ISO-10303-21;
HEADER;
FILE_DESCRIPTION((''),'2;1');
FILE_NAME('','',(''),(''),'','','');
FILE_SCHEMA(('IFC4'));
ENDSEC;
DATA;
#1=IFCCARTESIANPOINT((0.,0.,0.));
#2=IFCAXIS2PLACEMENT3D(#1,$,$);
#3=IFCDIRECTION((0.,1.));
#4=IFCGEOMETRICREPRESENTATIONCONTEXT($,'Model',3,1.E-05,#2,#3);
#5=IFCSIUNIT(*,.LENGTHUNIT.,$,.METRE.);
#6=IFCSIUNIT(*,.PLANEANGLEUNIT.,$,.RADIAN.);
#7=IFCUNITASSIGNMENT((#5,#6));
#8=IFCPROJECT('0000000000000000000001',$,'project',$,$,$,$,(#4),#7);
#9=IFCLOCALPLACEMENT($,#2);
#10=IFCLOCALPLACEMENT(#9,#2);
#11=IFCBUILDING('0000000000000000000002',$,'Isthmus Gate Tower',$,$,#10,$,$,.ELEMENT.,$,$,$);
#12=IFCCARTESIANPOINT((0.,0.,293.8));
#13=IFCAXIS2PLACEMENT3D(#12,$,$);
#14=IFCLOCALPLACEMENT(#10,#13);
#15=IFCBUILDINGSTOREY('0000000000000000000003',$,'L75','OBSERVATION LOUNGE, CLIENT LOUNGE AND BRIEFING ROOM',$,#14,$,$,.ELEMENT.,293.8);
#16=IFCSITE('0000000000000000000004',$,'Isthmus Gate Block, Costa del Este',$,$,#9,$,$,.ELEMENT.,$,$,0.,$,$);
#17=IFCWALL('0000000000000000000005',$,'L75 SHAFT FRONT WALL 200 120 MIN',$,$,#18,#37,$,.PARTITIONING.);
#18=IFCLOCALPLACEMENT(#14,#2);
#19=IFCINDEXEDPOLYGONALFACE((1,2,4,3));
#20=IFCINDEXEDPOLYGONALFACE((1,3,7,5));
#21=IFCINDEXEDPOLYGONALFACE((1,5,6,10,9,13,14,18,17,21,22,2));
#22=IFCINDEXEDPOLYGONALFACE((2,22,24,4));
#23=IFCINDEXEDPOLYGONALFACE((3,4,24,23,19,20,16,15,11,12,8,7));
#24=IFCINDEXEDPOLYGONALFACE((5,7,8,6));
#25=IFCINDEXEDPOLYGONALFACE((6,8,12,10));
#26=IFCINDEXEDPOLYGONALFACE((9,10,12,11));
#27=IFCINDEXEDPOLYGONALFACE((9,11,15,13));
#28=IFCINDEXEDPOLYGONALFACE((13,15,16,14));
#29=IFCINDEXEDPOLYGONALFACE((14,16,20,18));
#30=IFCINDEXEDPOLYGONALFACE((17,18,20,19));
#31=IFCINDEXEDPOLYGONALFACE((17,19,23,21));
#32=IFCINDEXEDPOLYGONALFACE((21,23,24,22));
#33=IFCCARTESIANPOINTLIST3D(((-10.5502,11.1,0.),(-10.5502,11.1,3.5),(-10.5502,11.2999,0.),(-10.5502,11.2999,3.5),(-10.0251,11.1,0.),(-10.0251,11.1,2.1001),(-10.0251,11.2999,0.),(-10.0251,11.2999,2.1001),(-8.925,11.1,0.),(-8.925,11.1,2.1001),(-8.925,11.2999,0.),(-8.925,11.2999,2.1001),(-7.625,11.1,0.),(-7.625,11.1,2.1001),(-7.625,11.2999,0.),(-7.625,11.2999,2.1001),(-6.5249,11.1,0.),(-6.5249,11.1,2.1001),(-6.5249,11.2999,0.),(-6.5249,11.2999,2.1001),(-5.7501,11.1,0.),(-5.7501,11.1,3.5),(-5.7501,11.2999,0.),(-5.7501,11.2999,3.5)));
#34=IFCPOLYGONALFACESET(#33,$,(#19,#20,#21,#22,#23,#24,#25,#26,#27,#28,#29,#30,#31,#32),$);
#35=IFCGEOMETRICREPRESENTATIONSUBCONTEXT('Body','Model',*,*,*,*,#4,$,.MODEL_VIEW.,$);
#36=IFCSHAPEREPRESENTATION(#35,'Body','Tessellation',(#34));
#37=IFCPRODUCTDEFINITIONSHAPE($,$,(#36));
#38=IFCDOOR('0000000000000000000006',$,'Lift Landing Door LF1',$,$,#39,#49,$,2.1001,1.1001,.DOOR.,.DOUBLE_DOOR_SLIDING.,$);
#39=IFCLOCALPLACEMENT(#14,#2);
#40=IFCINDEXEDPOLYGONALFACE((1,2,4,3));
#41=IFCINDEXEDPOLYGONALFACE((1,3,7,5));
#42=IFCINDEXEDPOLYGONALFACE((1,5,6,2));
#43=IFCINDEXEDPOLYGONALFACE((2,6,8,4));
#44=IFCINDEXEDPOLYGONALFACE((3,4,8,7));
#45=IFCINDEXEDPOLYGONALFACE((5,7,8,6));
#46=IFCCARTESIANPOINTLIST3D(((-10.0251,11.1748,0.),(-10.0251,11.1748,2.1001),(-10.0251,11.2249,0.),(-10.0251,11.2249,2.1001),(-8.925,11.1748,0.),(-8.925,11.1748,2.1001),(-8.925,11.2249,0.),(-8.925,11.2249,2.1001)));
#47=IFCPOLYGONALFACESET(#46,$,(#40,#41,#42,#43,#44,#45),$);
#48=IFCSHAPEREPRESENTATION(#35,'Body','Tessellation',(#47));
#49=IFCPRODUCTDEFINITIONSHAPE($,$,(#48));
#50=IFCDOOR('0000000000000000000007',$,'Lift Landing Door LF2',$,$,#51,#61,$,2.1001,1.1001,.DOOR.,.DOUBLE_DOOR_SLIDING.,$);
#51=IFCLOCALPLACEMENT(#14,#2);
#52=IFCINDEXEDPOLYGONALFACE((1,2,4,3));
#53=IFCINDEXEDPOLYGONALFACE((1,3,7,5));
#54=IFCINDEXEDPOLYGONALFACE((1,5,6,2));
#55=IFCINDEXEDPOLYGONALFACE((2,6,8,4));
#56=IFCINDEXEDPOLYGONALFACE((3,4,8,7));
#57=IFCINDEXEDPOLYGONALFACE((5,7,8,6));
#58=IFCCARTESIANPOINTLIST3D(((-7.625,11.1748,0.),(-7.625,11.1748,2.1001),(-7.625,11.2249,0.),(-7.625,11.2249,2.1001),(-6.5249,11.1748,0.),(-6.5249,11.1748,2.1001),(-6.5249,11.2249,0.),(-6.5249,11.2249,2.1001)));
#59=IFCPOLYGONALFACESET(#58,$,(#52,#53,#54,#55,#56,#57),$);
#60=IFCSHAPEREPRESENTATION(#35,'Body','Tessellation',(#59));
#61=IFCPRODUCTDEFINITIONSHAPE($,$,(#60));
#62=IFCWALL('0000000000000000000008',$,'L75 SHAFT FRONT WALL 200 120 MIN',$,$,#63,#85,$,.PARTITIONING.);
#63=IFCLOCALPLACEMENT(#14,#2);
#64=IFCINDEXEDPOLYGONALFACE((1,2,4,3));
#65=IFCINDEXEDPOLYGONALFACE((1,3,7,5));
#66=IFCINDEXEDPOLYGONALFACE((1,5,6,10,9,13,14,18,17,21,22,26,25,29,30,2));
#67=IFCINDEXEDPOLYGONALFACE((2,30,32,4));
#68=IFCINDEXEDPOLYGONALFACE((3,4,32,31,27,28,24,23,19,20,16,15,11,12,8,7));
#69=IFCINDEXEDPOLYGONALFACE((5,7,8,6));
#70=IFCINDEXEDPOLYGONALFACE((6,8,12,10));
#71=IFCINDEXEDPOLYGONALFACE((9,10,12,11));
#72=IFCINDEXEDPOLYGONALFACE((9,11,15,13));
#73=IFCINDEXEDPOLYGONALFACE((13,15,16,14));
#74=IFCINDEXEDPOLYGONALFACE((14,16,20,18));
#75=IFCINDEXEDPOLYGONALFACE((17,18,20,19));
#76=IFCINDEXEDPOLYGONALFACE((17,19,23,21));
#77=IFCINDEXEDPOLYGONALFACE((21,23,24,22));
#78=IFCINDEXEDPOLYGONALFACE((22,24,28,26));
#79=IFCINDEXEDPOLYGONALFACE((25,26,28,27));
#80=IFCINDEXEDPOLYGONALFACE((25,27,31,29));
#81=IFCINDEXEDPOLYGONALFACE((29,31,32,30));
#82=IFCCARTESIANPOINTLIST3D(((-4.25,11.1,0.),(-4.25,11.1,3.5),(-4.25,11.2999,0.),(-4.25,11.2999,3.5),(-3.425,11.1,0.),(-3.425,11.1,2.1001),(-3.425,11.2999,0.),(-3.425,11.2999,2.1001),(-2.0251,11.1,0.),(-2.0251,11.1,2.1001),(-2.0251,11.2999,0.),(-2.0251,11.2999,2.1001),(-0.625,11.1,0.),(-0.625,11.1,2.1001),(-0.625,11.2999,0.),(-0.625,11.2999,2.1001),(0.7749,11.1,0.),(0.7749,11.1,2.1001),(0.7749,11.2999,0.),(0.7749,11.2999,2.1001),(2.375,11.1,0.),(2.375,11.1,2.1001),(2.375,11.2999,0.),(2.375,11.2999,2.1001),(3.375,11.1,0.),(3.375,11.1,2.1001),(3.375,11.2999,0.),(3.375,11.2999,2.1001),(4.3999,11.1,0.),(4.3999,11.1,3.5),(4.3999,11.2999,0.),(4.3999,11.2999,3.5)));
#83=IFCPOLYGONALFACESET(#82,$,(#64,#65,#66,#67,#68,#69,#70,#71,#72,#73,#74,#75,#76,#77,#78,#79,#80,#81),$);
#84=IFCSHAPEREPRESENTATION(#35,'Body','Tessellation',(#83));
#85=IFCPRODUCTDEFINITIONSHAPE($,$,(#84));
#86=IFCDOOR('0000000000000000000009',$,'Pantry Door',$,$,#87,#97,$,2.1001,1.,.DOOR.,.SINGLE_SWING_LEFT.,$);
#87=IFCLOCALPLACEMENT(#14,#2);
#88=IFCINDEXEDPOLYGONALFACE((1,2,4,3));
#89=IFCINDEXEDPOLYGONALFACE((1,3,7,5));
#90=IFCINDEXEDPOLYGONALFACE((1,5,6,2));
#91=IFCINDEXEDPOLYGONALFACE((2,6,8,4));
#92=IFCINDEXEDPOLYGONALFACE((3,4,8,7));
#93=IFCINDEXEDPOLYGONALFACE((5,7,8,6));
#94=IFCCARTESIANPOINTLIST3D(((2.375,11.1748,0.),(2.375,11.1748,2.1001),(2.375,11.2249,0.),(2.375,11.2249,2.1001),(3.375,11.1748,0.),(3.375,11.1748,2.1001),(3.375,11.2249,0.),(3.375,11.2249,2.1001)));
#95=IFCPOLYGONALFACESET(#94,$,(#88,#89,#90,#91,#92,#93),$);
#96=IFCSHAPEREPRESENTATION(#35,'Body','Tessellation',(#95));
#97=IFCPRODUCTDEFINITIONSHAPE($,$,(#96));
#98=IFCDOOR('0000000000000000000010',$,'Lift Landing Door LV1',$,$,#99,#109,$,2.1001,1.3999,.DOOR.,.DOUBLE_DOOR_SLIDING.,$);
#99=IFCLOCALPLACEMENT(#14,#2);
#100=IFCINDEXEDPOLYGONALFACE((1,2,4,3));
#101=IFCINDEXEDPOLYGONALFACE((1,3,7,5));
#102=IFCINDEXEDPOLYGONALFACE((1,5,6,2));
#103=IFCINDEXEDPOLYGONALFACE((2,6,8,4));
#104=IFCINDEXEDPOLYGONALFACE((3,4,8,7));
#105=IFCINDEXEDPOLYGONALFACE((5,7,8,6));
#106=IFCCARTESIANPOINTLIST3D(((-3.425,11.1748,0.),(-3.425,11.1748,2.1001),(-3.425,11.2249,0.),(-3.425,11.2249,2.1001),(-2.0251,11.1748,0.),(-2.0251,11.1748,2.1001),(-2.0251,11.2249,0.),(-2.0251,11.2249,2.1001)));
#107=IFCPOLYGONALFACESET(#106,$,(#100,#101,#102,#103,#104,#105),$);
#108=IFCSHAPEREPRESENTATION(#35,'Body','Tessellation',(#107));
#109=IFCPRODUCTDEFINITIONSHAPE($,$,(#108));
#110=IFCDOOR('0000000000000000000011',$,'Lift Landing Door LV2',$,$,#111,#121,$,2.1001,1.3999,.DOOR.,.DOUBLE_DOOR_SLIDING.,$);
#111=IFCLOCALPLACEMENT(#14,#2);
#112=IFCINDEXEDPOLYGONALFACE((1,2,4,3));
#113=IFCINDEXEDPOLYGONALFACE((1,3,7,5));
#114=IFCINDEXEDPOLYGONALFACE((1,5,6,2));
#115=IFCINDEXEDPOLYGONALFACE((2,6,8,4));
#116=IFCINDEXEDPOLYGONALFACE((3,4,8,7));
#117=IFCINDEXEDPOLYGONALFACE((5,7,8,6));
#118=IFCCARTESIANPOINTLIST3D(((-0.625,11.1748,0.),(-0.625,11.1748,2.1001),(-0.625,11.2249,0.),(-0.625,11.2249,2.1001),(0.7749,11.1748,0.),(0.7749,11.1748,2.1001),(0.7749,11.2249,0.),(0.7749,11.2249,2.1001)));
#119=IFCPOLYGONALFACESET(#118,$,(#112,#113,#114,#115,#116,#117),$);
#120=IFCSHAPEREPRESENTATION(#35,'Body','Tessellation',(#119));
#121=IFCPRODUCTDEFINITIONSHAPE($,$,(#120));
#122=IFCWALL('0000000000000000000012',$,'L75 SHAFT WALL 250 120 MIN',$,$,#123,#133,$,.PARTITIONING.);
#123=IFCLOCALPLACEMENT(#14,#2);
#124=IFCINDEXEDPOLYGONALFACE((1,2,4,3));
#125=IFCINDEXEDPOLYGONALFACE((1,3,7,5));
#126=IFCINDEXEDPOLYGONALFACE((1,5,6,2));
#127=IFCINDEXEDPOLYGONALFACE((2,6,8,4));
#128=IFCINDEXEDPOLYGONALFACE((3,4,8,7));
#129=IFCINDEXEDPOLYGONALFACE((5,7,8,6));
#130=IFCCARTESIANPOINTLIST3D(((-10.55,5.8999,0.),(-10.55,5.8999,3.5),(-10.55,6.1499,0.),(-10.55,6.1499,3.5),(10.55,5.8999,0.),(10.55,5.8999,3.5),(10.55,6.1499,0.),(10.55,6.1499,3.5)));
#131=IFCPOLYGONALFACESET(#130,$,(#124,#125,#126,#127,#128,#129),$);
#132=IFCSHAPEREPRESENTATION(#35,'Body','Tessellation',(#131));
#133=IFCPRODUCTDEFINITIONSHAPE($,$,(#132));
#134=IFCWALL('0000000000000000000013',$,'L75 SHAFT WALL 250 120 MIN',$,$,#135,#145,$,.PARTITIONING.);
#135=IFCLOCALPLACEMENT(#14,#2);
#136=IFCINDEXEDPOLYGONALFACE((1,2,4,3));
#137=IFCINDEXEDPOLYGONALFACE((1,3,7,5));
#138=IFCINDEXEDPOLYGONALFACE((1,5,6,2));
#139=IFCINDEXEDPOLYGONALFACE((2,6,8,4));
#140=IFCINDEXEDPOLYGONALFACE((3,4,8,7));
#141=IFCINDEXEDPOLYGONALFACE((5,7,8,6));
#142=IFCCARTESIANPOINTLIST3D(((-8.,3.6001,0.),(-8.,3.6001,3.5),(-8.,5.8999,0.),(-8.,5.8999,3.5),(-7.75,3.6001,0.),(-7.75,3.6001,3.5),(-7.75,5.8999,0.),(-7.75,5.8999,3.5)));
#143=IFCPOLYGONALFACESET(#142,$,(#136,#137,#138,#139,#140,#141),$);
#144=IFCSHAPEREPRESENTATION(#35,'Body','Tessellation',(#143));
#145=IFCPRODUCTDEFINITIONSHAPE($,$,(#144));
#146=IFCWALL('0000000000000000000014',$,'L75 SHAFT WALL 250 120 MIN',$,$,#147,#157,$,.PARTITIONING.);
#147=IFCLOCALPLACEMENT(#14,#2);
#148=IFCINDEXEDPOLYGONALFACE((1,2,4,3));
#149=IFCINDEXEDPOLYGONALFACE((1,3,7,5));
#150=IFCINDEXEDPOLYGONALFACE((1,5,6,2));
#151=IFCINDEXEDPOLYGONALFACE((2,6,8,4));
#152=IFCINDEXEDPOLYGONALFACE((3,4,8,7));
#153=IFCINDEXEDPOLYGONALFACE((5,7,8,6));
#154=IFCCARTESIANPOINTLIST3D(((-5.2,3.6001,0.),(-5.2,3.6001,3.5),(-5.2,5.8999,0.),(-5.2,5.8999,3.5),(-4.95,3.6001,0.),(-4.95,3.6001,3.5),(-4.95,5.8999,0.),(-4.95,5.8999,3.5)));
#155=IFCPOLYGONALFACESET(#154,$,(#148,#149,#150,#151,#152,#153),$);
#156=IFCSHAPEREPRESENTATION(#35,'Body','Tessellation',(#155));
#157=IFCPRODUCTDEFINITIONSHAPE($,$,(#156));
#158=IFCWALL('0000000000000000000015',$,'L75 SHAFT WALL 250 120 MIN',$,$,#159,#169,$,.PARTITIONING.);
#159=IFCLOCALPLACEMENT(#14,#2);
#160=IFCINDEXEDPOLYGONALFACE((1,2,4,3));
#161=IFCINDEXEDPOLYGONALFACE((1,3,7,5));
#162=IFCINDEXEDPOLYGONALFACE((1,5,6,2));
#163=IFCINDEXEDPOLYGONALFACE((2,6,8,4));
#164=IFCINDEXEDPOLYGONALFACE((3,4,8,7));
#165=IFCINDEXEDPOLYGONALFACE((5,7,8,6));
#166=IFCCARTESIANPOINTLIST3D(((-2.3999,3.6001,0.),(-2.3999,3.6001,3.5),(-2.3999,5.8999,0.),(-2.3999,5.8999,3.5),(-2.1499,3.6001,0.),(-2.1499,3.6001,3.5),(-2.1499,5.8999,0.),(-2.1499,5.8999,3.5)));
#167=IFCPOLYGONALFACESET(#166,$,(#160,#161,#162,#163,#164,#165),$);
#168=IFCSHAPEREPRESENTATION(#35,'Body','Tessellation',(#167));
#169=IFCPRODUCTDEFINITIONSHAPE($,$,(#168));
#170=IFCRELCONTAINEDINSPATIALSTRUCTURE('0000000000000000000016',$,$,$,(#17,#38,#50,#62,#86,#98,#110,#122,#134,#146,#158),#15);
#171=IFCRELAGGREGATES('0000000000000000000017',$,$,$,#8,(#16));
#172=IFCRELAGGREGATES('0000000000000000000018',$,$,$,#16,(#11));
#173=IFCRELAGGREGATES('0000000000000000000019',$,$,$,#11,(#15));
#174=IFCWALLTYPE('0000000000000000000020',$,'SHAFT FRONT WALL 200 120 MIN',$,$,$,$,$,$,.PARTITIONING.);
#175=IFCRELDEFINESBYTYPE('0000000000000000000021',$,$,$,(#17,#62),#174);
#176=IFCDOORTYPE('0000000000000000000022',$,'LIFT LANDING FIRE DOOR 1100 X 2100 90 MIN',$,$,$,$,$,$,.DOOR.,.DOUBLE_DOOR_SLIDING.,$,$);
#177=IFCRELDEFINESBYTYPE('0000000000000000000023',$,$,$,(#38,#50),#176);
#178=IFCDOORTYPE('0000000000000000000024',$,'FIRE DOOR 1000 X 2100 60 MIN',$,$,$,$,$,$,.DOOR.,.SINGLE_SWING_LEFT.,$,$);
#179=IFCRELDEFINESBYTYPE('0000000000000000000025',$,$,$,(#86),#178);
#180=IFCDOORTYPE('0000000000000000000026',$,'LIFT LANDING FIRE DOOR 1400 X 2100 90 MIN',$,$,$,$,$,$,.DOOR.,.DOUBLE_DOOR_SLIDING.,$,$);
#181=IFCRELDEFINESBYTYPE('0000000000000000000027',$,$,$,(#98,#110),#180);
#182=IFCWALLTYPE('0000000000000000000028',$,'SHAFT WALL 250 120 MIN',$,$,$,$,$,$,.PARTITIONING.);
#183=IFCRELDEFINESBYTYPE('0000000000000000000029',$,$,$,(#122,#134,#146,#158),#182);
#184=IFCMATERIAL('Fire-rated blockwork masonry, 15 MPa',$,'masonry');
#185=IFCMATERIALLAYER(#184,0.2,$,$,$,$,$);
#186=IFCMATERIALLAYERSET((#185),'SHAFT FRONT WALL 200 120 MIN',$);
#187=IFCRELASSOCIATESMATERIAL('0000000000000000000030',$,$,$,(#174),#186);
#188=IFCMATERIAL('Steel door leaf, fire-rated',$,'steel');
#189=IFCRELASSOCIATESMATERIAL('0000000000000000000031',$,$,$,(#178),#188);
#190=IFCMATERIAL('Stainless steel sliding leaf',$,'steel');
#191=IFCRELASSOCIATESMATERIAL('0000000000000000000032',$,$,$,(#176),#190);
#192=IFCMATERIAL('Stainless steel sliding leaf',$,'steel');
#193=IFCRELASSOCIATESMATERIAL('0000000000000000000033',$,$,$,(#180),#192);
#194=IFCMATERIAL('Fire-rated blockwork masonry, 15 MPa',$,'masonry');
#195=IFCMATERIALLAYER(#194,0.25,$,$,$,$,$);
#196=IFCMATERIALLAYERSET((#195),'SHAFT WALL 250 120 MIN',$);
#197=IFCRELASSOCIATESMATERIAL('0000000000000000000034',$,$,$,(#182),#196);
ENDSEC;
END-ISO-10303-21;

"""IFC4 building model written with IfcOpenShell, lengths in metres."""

from ifc_helpers import new_model, si_unit, direction, frame, frame_2d, origin, place, context, subcontext, project, spatial, rectangle, extrude, material, layer, layer_set, type_object, element, fill, save


model = new_model("IFC4")

# Units and contexts
model_context = context("Model", 3, precision=1e-05, world=origin(), true_north=direction((0.0, 1.0)))
body_context = subcontext(model_context, "Body", "Model", "MODEL_VIEW")
ifc_project = project(units=[si_unit("LENGTHUNIT", "METRE"), si_unit("PLANEANGLEUNIT", "RADIAN")], contexts=[model_context])

# Site, building, storey
site_placement = place(None, origin())
site = spatial("IfcSite", under=ifc_project, at=site_placement, Name="Isthmus Gate Block, Costa del Este", CompositionType="ELEMENT", RefElevation=0.0)
building_placement = place(site_placement, origin())
building = spatial("IfcBuilding", under=site, at=building_placement, Name="Isthmus Gate Tower", CompositionType="ELEMENT")
storey_placement = place(building_placement, frame((0.0, 0.0, 293.8)))
storey = spatial("IfcBuildingStorey", under=building, at=storey_placement, Name="L75", Description="OBSERVATION LOUNGE, CLIENT LOUNGE AND BRIEFING ROOM", CompositionType="ELEMENT", Elevation=293.8)

# Walls, openings, doors
ifc_material_1 = material(Name="Fire-rated blockwork masonry, 15 MPa", Category="masonry")
ifc_layer_1 = layer(ifc_material_1, 0.2)
ifc_layer_set_1 = layer_set([ifc_layer_1], Name="SHAFT FRONT WALL 200 120 MIN")
wall_type_1 = type_object("IfcWallType", Name="SHAFT FRONT WALL 200 120 MIN", PredefinedType="PARTITIONING", material=ifc_layer_set_1)
ifc_material_2 = material(Name="Steel door leaf, fire-rated", Category="steel")
door_type_1 = type_object("IfcDoorType", Name="FIRE DOOR 1000 X 2100 60 MIN", OperationType="SINGLE_SWING_LEFT", PredefinedType="DOOR", material=ifc_material_2)
wall_1_placement = place(storey_placement, frame((-10.55, 11.2, 0.0), z_axis=(0.0, 0.0, 1.0), x_axis=(1.0, 0.0, 0.0)))
wall_1 = element("IfcWall", 1, at=wall_1_placement, inside=storey, type_object=wall_type_1, Name="L75 SHAFT FRONT WALL 200 120 MIN", PredefinedType="PARTITIONING", context=body_context, shape_type="SweptSolid", body=[
    extrude(rectangle(XDim=4.8, YDim=0.2, at=frame_2d((2.3999, 0.0))), origin(), (0.0, 0.0, 1.0), 3.5),
])
opening_1_placement = place(wall_1_placement, frame((0.5249, 0.0, 0.0)))
opening_1 = element("IfcOpeningElement", 2, at=opening_1_placement, cuts=wall_1, PredefinedType="OPENING", context=body_context, shape_type="SweptSolid", body=[
    extrude(rectangle(XDim=1.1001, YDim=2.1001, at=frame_2d((0.55, 1.05))), frame((0.0, 0.1099, 0.0), z_axis=(0.0, -1.0, 0.0), x_axis=(1.0, 0.0, 0.0)), (0.0, 0.0, 1.0), 0.22),
])
opening_2_placement = place(wall_1_placement, frame((2.925, 0.0, 0.0)))
opening_2 = element("IfcOpeningElement", 3, at=opening_2_placement, cuts=wall_1, PredefinedType="OPENING", context=body_context, shape_type="SweptSolid", body=[
    extrude(rectangle(XDim=1.1001, YDim=2.1001, at=frame_2d((0.55, 1.05))), frame((0.0, 0.1099, 0.0), z_axis=(0.0, -1.0, 0.0), x_axis=(1.0, 0.0, 0.0)), (0.0, 0.0, 1.0), 0.22),
])
ifc_material_3 = material(Name="Stainless steel sliding leaf", Category="steel")
door_type_2 = type_object("IfcDoorType", Name="LIFT LANDING FIRE DOOR 1100 X 2100 90 MIN", OperationType="DOUBLE_DOOR_SLIDING", PredefinedType="DOOR", material=ifc_material_3)
door_1_placement = place(opening_1_placement, origin())
door_1 = element("IfcDoor", 4, at=door_1_placement, inside=storey, type_object=door_type_2, Name="Lift Landing Door LF1", OperationType="DOUBLE_DOOR_SLIDING", OverallHeight=2.1001, OverallWidth=1.1001, PredefinedType="DOOR", context=body_context, shape_type="SweptSolid", body=[
    extrude(rectangle(XDim=1.1001, YDim=2.1001, at=frame_2d((0.55, 1.05))), frame((0.0, 0.0249, 0.0), z_axis=(0.0, -1.0, 0.0), x_axis=(1.0, 0.0, 0.0)), (0.0, 0.0, 1.0), 0.05),
])
fill(opening_1, door_1)
door_2_placement = place(opening_2_placement, origin())
door_2 = element("IfcDoor", 5, at=door_2_placement, inside=storey, type_object=door_type_2, Name="Lift Landing Door LF2", OperationType="DOUBLE_DOOR_SLIDING", OverallHeight=2.1001, OverallWidth=1.1001, PredefinedType="DOOR", context=body_context, shape_type="SweptSolid", body=[
    extrude(rectangle(XDim=1.1001, YDim=2.1001, at=frame_2d((0.55, 1.05))), frame((0.0, 0.0249, 0.0), z_axis=(0.0, -1.0, 0.0), x_axis=(1.0, 0.0, 0.0)), (0.0, 0.0, 1.0), 0.05),
])
fill(opening_2, door_2)
wall_2_placement = place(storey_placement, frame((-4.25, 11.2, 0.0), z_axis=(0.0, 0.0, 1.0), x_axis=(1.0, 0.0, 0.0)))
wall_2 = element("IfcWall", 6, at=wall_2_placement, inside=storey, type_object=wall_type_1, Name="L75 SHAFT FRONT WALL 200 120 MIN", PredefinedType="PARTITIONING", context=body_context, shape_type="SweptSolid", body=[
    extrude(rectangle(XDim=8.6499, YDim=0.2, at=frame_2d((4.325, 0.0))), origin(), (0.0, 0.0, 1.0), 3.5),
])
opening_3_placement = place(wall_2_placement, frame((0.825, 0.0, 0.0)))
opening_3 = element("IfcOpeningElement", 7, at=opening_3_placement, cuts=wall_2, PredefinedType="OPENING", context=body_context, shape_type="SweptSolid", body=[
    extrude(rectangle(XDim=1.3999, YDim=2.1001, at=frame_2d((0.7, 1.05))), frame((0.0, 0.1099, 0.0), z_axis=(0.0, -1.0, 0.0), x_axis=(1.0, 0.0, 0.0)), (0.0, 0.0, 1.0), 0.22),
])
opening_4_placement = place(wall_2_placement, frame((3.625, 0.0, 0.0)))
opening_4 = element("IfcOpeningElement", 8, at=opening_4_placement, cuts=wall_2, PredefinedType="OPENING", context=body_context, shape_type="SweptSolid", body=[
    extrude(rectangle(XDim=1.3999, YDim=2.1001, at=frame_2d((0.7, 1.05))), frame((0.0, 0.1099, 0.0), z_axis=(0.0, -1.0, 0.0), x_axis=(1.0, 0.0, 0.0)), (0.0, 0.0, 1.0), 0.22),
])
opening_5_placement = place(wall_2_placement, frame((6.625, 0.0, 0.0)))
opening_5 = element("IfcOpeningElement", 9, at=opening_5_placement, cuts=wall_2, PredefinedType="OPENING", context=body_context, shape_type="SweptSolid", body=[
    extrude(rectangle(XDim=1.0, YDim=2.1001, at=frame_2d((0.5, 1.05))), frame((0.0, 0.1099, 0.0), z_axis=(0.0, -1.0, 0.0), x_axis=(1.0, 0.0, 0.0)), (0.0, 0.0, 1.0), 0.22),
])
door_3_placement = place(opening_5_placement, origin())
door_3 = element("IfcDoor", 10, at=door_3_placement, inside=storey, type_object=door_type_1, Name="Pantry Door", OperationType="SINGLE_SWING_LEFT", OverallHeight=2.1001, OverallWidth=1.0, PredefinedType="DOOR", context=body_context, shape_type="SweptSolid", body=[
    extrude(rectangle(XDim=1.0, YDim=2.1001, at=frame_2d((0.5, 1.05))), frame((0.0, 0.0249, 0.0), z_axis=(0.0, -1.0, 0.0), x_axis=(1.0, 0.0, 0.0)), (0.0, 0.0, 1.0), 0.05),
])
fill(opening_5, door_3)
ifc_material_4 = material(Name="Stainless steel sliding leaf", Category="steel")
door_type_3 = type_object("IfcDoorType", Name="LIFT LANDING FIRE DOOR 1400 X 2100 90 MIN", OperationType="DOUBLE_DOOR_SLIDING", PredefinedType="DOOR", material=ifc_material_4)
door_4_placement = place(opening_3_placement, origin())
door_4 = element("IfcDoor", 11, at=door_4_placement, inside=storey, type_object=door_type_3, Name="Lift Landing Door LV1", OperationType="DOUBLE_DOOR_SLIDING", OverallHeight=2.1001, OverallWidth=1.3999, PredefinedType="DOOR", context=body_context, shape_type="SweptSolid", body=[
    extrude(rectangle(XDim=1.3999, YDim=2.1001, at=frame_2d((0.7, 1.05))), frame((0.0, 0.0249, 0.0), z_axis=(0.0, -1.0, 0.0), x_axis=(1.0, 0.0, 0.0)), (0.0, 0.0, 1.0), 0.05),
])
fill(opening_3, door_4)
door_5_placement = place(opening_4_placement, origin())
door_5 = element("IfcDoor", 12, at=door_5_placement, inside=storey, type_object=door_type_3, Name="Lift Landing Door LV2", OperationType="DOUBLE_DOOR_SLIDING", OverallHeight=2.1001, OverallWidth=1.3999, PredefinedType="DOOR", context=body_context, shape_type="SweptSolid", body=[
    extrude(rectangle(XDim=1.3999, YDim=2.1001, at=frame_2d((0.7, 1.05))), frame((0.0, 0.0249, 0.0), z_axis=(0.0, -1.0, 0.0), x_axis=(1.0, 0.0, 0.0)), (0.0, 0.0, 1.0), 0.05),
])
fill(opening_4, door_5)

# Walls
ifc_material_5 = material(Name="Fire-rated blockwork masonry, 15 MPa", Category="masonry")
ifc_layer_2 = layer(ifc_material_5, 0.25)
ifc_layer_set_2 = layer_set([ifc_layer_2], Name="SHAFT WALL 250 120 MIN")
wall_type_2 = type_object("IfcWallType", Name="SHAFT WALL 250 120 MIN", PredefinedType="PARTITIONING", material=ifc_layer_set_2)
wall_3_placement = place(storey_placement, frame((-10.55, 6.0249, 0.0), z_axis=(0.0, 0.0, 1.0), x_axis=(1.0, 0.0, 0.0)))
element("IfcWall", 13, at=wall_3_placement, inside=storey, type_object=wall_type_2, Name="L75 SHAFT WALL 250 120 MIN", PredefinedType="PARTITIONING", context=body_context, shape_type="SweptSolid", body=[
    extrude(rectangle(XDim=21.1001, YDim=0.25, at=frame_2d((10.55, 0.0))), origin(), (0.0, 0.0, 1.0), 3.5),
])
for number, where, z_axis, x_axis, name in (
    (14, (-7.875, 3.6001, 0.0), (0.0, 0.0, 1.0), (0.0, 1.0, 0.0), "L75 SHAFT WALL 250 120 MIN"),
    (15, (-5.075, 3.6001, 0.0), (0.0, 0.0, 1.0), (0.0, 1.0, 0.0), "L75 SHAFT WALL 250 120 MIN"),
    (16, (-2.2749, 3.6001, 0.0), (0.0, 0.0, 1.0), (0.0, 1.0, 0.0), "L75 SHAFT WALL 250 120 MIN"),
):
    element("IfcWall", number, at=place(storey_placement, frame(where, z_axis=z_axis, x_axis=x_axis)), inside=storey, type_object=wall_type_2, Name=name, PredefinedType="PARTITIONING", context=body_context, shape_type="SweptSolid", body=[
        extrude(rectangle(XDim=2.2998, YDim=0.25, at=frame_2d((1.1499, 0.0))), origin(), (0.0, 0.0, 1.0), 3.5),
    ])

save(model, "model.ifc")
